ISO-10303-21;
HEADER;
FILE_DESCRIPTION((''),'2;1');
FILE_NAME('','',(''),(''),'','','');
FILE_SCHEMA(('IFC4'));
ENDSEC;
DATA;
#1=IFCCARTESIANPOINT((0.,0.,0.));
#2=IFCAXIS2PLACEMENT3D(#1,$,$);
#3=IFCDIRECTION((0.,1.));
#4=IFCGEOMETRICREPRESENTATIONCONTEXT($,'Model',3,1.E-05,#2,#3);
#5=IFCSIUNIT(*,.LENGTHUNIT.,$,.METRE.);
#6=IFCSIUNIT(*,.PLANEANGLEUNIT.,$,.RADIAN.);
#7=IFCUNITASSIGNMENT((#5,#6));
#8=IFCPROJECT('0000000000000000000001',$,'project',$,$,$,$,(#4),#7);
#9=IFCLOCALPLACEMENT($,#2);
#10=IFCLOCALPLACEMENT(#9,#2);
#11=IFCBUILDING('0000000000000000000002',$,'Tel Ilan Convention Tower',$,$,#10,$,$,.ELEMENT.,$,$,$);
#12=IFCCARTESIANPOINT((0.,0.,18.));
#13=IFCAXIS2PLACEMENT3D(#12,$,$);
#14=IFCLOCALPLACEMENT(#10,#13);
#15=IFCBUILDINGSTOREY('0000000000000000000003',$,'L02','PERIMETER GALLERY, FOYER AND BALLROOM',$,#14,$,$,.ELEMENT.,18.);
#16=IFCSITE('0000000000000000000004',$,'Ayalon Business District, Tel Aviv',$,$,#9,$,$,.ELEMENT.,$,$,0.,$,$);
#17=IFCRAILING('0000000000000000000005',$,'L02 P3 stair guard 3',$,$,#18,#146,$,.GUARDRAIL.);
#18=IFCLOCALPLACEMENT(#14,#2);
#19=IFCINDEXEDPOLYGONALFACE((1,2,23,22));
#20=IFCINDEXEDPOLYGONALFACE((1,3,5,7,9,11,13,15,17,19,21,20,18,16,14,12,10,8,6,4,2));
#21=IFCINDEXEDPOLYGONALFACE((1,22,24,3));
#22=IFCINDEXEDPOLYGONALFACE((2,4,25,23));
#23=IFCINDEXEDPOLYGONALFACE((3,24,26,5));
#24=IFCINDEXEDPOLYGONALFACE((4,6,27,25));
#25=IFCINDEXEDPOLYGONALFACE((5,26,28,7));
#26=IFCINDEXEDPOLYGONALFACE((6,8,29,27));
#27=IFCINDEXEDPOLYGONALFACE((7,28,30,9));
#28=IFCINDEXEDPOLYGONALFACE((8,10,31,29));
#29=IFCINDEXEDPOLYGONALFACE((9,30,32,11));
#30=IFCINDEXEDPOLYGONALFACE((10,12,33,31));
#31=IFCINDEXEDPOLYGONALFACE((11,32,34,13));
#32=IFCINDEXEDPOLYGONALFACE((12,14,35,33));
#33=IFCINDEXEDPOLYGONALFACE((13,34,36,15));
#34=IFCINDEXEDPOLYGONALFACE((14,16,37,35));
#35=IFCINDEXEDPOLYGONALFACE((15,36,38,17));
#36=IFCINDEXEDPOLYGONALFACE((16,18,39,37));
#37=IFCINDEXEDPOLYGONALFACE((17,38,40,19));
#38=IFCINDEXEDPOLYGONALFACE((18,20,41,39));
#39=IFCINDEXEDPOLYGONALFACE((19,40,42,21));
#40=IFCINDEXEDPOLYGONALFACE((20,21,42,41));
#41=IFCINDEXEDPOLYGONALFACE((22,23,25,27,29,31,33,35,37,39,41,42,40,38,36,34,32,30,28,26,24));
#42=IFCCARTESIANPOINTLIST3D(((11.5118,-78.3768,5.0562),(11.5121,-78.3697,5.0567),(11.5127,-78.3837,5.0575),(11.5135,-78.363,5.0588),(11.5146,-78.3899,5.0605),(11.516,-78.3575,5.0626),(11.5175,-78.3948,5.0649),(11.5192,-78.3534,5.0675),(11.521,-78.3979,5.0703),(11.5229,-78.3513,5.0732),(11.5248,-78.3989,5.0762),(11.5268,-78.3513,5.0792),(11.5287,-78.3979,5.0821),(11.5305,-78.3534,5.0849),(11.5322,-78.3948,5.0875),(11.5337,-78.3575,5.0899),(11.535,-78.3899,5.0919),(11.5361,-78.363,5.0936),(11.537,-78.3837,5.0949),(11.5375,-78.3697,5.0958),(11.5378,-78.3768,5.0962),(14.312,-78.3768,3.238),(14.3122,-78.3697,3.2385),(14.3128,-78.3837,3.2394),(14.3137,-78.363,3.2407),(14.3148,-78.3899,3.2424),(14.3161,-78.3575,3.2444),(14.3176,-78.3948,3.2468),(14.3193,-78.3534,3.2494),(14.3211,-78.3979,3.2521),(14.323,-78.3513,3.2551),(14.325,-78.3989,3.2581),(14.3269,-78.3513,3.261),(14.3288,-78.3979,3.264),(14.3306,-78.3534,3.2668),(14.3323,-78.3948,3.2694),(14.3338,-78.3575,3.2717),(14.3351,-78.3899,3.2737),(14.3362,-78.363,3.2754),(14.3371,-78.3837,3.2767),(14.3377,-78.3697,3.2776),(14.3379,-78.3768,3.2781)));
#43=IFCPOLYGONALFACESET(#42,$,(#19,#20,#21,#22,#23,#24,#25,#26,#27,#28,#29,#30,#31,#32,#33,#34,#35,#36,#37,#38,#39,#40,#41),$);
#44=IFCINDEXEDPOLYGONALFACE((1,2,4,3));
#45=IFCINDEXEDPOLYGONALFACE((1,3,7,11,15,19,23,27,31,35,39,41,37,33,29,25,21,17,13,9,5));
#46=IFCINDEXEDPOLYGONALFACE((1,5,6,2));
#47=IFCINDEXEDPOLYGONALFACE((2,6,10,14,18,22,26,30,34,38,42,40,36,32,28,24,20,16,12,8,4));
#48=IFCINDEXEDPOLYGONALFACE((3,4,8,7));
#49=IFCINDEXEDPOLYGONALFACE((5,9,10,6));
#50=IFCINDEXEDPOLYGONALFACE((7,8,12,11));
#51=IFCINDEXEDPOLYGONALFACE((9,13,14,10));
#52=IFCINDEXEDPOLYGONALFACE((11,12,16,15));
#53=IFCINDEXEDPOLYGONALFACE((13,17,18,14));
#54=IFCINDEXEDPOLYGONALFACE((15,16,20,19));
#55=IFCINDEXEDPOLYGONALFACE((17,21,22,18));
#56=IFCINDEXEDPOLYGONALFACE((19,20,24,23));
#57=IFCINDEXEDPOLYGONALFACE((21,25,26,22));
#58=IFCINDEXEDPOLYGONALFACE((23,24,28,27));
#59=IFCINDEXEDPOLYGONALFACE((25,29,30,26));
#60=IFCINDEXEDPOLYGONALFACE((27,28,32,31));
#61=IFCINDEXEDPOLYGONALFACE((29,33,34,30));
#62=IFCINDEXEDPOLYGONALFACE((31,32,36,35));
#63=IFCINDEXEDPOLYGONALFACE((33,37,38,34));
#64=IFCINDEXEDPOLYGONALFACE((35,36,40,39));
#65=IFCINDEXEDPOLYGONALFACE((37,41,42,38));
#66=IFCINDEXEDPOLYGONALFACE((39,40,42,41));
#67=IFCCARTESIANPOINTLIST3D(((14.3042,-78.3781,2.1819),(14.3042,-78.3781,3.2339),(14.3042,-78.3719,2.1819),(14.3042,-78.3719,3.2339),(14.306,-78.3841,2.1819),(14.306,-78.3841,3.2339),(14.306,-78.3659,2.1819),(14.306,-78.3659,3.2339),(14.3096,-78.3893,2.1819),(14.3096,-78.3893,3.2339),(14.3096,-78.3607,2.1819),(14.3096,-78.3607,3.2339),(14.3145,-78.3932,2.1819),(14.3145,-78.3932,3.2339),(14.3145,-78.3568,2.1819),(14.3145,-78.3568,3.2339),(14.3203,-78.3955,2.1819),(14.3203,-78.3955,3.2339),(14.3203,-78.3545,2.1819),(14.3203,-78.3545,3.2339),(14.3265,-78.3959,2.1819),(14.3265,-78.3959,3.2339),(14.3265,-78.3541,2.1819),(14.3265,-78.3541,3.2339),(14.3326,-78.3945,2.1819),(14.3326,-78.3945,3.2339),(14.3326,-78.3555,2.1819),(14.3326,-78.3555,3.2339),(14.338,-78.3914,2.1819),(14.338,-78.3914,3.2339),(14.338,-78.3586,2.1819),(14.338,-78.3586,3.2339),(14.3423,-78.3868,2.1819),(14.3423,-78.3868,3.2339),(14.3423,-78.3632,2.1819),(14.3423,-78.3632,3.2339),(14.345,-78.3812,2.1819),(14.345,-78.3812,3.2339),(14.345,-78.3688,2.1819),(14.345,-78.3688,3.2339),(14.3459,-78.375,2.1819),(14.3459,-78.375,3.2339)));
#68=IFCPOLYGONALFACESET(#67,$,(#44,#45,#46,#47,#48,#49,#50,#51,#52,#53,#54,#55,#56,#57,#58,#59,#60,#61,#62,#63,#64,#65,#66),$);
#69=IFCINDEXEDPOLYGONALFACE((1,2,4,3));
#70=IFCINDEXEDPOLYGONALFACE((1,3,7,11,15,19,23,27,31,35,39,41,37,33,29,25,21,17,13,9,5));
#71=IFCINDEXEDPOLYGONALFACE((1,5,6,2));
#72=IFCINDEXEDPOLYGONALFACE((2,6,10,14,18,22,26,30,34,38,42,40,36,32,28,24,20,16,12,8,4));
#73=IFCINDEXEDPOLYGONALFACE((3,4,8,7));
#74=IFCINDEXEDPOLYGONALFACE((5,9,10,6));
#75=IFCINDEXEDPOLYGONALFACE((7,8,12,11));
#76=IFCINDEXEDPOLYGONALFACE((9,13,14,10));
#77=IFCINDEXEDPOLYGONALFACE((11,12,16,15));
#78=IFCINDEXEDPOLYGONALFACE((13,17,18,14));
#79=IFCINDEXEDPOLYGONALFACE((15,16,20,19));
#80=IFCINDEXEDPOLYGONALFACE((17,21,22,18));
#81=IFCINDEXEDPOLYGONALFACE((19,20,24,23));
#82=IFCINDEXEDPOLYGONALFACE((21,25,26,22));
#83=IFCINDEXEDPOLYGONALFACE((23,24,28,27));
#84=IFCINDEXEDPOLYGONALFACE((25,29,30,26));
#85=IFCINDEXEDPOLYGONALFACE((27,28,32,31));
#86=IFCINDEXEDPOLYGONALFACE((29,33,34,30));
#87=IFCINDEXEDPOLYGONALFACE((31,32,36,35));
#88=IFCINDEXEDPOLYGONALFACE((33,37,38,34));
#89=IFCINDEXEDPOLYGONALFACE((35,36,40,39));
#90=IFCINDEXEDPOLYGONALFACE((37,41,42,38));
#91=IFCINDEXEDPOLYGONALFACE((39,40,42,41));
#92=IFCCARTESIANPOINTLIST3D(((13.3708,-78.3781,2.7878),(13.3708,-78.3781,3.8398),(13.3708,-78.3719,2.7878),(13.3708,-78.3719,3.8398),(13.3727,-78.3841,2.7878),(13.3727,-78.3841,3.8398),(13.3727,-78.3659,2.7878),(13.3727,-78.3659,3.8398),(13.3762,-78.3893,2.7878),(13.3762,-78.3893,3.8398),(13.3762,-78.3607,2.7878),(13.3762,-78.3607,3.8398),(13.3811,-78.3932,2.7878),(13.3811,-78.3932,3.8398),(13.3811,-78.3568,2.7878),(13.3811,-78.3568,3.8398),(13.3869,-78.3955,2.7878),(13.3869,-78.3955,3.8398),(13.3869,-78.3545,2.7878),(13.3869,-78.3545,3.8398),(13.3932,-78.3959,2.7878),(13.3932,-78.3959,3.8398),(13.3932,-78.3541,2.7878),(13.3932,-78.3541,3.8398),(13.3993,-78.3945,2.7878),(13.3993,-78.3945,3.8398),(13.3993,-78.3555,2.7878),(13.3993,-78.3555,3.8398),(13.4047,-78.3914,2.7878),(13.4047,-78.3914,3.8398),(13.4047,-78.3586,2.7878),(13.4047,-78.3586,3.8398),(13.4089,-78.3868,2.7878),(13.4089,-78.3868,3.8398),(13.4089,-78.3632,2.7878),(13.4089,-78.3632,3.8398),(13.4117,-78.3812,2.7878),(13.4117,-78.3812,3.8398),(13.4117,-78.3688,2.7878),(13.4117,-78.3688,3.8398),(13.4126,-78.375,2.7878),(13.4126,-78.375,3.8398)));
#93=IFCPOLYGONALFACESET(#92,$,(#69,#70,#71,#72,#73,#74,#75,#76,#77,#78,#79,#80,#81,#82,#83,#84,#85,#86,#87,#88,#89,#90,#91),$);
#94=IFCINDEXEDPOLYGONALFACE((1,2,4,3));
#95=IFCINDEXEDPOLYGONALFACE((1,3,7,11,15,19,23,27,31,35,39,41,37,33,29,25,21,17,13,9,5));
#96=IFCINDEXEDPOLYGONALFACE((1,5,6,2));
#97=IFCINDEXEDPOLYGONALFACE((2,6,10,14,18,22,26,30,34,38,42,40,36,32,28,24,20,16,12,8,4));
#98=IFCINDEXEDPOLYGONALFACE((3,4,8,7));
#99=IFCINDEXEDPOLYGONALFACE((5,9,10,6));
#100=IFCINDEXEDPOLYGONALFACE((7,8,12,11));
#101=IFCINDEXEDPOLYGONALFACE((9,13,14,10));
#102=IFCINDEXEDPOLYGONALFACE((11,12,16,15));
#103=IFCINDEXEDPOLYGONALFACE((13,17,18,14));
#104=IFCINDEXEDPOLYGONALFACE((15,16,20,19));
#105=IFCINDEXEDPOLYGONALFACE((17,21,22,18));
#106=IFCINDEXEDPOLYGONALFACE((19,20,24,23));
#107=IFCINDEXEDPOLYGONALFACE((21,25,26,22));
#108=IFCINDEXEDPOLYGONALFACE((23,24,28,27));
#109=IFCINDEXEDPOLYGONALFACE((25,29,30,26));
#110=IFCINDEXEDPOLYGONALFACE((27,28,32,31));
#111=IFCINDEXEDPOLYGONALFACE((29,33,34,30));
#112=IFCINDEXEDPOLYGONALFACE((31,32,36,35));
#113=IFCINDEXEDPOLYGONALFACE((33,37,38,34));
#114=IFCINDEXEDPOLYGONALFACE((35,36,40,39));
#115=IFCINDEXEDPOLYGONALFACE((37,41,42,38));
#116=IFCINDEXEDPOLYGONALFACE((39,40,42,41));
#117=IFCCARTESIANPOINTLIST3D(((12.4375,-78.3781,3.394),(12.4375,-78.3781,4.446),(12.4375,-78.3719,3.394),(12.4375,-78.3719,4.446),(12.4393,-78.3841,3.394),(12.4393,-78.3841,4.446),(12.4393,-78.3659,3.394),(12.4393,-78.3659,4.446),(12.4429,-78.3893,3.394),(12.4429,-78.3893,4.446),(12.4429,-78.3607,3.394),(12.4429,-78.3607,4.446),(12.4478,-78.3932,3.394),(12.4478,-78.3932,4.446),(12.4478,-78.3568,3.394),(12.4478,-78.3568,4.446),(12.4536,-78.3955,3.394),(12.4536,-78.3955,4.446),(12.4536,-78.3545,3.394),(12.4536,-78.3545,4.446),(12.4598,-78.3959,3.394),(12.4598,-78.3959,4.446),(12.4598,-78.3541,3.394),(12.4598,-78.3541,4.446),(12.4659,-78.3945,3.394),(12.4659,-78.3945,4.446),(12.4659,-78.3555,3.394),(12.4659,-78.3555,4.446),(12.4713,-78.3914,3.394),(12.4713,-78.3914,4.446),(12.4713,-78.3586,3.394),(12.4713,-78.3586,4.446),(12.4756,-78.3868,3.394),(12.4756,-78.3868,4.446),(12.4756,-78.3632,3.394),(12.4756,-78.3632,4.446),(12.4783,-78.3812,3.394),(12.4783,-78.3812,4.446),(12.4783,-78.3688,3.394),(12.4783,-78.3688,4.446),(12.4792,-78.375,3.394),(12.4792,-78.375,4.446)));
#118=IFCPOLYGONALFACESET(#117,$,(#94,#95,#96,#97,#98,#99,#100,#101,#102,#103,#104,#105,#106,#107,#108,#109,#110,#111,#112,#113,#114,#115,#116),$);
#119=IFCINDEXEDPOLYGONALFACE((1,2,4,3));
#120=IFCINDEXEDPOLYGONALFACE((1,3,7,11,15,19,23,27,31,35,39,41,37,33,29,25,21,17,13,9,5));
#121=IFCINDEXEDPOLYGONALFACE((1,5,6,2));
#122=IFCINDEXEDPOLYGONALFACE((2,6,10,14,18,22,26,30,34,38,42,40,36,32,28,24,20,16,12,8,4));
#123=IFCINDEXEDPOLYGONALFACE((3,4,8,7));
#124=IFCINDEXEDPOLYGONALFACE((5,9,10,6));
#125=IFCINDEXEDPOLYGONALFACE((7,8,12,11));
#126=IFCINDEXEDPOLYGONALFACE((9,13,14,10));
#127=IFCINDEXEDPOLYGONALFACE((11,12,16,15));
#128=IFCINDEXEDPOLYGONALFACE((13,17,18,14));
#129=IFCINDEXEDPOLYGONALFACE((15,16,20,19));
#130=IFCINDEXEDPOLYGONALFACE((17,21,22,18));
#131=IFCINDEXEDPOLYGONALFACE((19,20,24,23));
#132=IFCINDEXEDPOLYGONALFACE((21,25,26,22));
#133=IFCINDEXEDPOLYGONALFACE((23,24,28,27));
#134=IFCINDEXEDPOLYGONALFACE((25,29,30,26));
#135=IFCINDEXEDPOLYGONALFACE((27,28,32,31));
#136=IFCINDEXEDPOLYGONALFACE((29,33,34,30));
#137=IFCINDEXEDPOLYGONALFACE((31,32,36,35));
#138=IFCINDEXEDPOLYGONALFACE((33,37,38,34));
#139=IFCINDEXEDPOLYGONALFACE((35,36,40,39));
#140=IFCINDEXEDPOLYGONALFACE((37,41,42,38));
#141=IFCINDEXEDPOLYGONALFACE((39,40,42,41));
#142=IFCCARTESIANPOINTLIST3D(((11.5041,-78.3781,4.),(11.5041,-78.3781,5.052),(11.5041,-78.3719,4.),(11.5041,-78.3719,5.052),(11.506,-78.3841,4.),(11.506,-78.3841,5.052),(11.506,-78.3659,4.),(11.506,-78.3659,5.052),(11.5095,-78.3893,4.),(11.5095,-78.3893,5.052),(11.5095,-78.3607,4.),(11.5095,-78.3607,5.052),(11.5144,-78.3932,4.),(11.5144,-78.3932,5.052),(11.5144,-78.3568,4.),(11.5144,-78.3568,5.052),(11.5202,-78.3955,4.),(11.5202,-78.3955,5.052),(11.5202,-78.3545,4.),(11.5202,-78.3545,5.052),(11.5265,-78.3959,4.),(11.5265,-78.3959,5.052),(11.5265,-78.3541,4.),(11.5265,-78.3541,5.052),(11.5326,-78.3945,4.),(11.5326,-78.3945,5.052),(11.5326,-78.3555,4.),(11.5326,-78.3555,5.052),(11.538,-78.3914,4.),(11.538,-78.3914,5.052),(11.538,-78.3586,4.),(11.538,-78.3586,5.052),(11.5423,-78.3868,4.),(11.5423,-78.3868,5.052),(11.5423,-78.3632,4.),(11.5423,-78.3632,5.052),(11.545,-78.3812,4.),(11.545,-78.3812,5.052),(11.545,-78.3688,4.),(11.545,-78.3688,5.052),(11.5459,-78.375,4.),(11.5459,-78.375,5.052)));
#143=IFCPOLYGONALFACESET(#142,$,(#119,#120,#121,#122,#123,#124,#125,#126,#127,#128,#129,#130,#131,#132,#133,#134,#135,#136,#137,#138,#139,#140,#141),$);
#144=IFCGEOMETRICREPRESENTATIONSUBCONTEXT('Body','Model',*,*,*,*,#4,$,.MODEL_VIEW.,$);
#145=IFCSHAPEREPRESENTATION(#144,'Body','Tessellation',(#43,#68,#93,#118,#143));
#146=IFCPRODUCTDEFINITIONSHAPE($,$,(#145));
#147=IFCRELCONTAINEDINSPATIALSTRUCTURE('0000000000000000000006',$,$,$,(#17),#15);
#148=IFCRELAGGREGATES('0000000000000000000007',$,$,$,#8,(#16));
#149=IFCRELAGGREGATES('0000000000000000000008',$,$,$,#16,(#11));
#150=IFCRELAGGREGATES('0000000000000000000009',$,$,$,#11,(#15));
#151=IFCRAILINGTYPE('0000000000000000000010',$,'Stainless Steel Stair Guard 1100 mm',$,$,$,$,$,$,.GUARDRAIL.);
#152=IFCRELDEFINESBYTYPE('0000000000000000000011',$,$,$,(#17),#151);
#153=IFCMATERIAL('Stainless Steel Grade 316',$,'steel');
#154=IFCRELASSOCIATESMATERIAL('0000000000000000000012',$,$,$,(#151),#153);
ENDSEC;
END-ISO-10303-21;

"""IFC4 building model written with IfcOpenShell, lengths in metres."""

from ifc_helpers import new_model, si_unit, direction, frame, origin, origin_2d, place, context, subcontext, project, spatial, circle, extrude, material, type_object, element, save


model = new_model("IFC4")

# Units and contexts
model_context = context("Model", 3, precision=1e-05, world=origin(), true_north=direction((0.0, 1.0)))
body_context = subcontext(model_context, "Body", "Model", "MODEL_VIEW")
ifc_project = project(units=[si_unit("LENGTHUNIT", "METRE"), si_unit("PLANEANGLEUNIT", "RADIAN")], contexts=[model_context])

# Site, building, storey
site_placement = place(None, origin())
site = spatial("IfcSite", under=ifc_project, at=site_placement, Name="Ayalon Business District, Tel Aviv", CompositionType="ELEMENT", RefElevation=0.0)
building_placement = place(site_placement, origin())
building = spatial("IfcBuilding", under=site, at=building_placement, Name="Tel Ilan Convention Tower", CompositionType="ELEMENT")
storey_placement = place(building_placement, frame((0.0, 0.0, 18.0)))
storey = spatial("IfcBuildingStorey", under=building, at=storey_placement, Name="L02", Description="PERIMETER GALLERY, FOYER AND BALLROOM", CompositionType="ELEMENT", Elevation=18.0)

# Railing
ifc_material_1 = material(Name="Stainless Steel Grade 316", Category="steel")
railing_type_1 = type_object("IfcRailingType", Name="Stainless Steel Stair Guard 1100 mm", PredefinedType="GUARDRAIL", material=ifc_material_1)
railing_1_placement = place(storey_placement, frame((14.325, -78.375, 2.1819)))
element("IfcRailing", 1, at=railing_1_placement, inside=storey, type_object=railing_type_1, Name="L02 P3 stair guard 3", PredefinedType="GUARDRAIL", context=body_context, shape_type="SweptSolid", body=[
    extrude(circle(Radius=0.0239, at=origin_2d()), frame((0.0, 0.0, 1.0762), z_axis=(-0.838706, 0.0, 0.544585), x_axis=(0.0, -1.0, 0.0)), (0.0, 0.0, 1.0), 3.3386),
    extrude(circle(Radius=0.021, at=origin_2d()), origin(), (0.0, 0.0, 1.0), 1.052),
    extrude(circle(Radius=0.021, at=origin_2d()), frame((-0.9333, 0.0, 0.606)), (0.0, 0.0, 1.0), 1.052),
    extrude(circle(Radius=0.021, at=origin_2d()), frame((-1.8667, 0.0, 1.2122)), (0.0, 0.0, 1.0), 1.052),
    extrude(circle(Radius=0.021, at=origin_2d()), frame((-2.8, 0.0, 1.8181)), (0.0, 0.0, 1.0), 1.052),
])

save(model, "model.ifc")
